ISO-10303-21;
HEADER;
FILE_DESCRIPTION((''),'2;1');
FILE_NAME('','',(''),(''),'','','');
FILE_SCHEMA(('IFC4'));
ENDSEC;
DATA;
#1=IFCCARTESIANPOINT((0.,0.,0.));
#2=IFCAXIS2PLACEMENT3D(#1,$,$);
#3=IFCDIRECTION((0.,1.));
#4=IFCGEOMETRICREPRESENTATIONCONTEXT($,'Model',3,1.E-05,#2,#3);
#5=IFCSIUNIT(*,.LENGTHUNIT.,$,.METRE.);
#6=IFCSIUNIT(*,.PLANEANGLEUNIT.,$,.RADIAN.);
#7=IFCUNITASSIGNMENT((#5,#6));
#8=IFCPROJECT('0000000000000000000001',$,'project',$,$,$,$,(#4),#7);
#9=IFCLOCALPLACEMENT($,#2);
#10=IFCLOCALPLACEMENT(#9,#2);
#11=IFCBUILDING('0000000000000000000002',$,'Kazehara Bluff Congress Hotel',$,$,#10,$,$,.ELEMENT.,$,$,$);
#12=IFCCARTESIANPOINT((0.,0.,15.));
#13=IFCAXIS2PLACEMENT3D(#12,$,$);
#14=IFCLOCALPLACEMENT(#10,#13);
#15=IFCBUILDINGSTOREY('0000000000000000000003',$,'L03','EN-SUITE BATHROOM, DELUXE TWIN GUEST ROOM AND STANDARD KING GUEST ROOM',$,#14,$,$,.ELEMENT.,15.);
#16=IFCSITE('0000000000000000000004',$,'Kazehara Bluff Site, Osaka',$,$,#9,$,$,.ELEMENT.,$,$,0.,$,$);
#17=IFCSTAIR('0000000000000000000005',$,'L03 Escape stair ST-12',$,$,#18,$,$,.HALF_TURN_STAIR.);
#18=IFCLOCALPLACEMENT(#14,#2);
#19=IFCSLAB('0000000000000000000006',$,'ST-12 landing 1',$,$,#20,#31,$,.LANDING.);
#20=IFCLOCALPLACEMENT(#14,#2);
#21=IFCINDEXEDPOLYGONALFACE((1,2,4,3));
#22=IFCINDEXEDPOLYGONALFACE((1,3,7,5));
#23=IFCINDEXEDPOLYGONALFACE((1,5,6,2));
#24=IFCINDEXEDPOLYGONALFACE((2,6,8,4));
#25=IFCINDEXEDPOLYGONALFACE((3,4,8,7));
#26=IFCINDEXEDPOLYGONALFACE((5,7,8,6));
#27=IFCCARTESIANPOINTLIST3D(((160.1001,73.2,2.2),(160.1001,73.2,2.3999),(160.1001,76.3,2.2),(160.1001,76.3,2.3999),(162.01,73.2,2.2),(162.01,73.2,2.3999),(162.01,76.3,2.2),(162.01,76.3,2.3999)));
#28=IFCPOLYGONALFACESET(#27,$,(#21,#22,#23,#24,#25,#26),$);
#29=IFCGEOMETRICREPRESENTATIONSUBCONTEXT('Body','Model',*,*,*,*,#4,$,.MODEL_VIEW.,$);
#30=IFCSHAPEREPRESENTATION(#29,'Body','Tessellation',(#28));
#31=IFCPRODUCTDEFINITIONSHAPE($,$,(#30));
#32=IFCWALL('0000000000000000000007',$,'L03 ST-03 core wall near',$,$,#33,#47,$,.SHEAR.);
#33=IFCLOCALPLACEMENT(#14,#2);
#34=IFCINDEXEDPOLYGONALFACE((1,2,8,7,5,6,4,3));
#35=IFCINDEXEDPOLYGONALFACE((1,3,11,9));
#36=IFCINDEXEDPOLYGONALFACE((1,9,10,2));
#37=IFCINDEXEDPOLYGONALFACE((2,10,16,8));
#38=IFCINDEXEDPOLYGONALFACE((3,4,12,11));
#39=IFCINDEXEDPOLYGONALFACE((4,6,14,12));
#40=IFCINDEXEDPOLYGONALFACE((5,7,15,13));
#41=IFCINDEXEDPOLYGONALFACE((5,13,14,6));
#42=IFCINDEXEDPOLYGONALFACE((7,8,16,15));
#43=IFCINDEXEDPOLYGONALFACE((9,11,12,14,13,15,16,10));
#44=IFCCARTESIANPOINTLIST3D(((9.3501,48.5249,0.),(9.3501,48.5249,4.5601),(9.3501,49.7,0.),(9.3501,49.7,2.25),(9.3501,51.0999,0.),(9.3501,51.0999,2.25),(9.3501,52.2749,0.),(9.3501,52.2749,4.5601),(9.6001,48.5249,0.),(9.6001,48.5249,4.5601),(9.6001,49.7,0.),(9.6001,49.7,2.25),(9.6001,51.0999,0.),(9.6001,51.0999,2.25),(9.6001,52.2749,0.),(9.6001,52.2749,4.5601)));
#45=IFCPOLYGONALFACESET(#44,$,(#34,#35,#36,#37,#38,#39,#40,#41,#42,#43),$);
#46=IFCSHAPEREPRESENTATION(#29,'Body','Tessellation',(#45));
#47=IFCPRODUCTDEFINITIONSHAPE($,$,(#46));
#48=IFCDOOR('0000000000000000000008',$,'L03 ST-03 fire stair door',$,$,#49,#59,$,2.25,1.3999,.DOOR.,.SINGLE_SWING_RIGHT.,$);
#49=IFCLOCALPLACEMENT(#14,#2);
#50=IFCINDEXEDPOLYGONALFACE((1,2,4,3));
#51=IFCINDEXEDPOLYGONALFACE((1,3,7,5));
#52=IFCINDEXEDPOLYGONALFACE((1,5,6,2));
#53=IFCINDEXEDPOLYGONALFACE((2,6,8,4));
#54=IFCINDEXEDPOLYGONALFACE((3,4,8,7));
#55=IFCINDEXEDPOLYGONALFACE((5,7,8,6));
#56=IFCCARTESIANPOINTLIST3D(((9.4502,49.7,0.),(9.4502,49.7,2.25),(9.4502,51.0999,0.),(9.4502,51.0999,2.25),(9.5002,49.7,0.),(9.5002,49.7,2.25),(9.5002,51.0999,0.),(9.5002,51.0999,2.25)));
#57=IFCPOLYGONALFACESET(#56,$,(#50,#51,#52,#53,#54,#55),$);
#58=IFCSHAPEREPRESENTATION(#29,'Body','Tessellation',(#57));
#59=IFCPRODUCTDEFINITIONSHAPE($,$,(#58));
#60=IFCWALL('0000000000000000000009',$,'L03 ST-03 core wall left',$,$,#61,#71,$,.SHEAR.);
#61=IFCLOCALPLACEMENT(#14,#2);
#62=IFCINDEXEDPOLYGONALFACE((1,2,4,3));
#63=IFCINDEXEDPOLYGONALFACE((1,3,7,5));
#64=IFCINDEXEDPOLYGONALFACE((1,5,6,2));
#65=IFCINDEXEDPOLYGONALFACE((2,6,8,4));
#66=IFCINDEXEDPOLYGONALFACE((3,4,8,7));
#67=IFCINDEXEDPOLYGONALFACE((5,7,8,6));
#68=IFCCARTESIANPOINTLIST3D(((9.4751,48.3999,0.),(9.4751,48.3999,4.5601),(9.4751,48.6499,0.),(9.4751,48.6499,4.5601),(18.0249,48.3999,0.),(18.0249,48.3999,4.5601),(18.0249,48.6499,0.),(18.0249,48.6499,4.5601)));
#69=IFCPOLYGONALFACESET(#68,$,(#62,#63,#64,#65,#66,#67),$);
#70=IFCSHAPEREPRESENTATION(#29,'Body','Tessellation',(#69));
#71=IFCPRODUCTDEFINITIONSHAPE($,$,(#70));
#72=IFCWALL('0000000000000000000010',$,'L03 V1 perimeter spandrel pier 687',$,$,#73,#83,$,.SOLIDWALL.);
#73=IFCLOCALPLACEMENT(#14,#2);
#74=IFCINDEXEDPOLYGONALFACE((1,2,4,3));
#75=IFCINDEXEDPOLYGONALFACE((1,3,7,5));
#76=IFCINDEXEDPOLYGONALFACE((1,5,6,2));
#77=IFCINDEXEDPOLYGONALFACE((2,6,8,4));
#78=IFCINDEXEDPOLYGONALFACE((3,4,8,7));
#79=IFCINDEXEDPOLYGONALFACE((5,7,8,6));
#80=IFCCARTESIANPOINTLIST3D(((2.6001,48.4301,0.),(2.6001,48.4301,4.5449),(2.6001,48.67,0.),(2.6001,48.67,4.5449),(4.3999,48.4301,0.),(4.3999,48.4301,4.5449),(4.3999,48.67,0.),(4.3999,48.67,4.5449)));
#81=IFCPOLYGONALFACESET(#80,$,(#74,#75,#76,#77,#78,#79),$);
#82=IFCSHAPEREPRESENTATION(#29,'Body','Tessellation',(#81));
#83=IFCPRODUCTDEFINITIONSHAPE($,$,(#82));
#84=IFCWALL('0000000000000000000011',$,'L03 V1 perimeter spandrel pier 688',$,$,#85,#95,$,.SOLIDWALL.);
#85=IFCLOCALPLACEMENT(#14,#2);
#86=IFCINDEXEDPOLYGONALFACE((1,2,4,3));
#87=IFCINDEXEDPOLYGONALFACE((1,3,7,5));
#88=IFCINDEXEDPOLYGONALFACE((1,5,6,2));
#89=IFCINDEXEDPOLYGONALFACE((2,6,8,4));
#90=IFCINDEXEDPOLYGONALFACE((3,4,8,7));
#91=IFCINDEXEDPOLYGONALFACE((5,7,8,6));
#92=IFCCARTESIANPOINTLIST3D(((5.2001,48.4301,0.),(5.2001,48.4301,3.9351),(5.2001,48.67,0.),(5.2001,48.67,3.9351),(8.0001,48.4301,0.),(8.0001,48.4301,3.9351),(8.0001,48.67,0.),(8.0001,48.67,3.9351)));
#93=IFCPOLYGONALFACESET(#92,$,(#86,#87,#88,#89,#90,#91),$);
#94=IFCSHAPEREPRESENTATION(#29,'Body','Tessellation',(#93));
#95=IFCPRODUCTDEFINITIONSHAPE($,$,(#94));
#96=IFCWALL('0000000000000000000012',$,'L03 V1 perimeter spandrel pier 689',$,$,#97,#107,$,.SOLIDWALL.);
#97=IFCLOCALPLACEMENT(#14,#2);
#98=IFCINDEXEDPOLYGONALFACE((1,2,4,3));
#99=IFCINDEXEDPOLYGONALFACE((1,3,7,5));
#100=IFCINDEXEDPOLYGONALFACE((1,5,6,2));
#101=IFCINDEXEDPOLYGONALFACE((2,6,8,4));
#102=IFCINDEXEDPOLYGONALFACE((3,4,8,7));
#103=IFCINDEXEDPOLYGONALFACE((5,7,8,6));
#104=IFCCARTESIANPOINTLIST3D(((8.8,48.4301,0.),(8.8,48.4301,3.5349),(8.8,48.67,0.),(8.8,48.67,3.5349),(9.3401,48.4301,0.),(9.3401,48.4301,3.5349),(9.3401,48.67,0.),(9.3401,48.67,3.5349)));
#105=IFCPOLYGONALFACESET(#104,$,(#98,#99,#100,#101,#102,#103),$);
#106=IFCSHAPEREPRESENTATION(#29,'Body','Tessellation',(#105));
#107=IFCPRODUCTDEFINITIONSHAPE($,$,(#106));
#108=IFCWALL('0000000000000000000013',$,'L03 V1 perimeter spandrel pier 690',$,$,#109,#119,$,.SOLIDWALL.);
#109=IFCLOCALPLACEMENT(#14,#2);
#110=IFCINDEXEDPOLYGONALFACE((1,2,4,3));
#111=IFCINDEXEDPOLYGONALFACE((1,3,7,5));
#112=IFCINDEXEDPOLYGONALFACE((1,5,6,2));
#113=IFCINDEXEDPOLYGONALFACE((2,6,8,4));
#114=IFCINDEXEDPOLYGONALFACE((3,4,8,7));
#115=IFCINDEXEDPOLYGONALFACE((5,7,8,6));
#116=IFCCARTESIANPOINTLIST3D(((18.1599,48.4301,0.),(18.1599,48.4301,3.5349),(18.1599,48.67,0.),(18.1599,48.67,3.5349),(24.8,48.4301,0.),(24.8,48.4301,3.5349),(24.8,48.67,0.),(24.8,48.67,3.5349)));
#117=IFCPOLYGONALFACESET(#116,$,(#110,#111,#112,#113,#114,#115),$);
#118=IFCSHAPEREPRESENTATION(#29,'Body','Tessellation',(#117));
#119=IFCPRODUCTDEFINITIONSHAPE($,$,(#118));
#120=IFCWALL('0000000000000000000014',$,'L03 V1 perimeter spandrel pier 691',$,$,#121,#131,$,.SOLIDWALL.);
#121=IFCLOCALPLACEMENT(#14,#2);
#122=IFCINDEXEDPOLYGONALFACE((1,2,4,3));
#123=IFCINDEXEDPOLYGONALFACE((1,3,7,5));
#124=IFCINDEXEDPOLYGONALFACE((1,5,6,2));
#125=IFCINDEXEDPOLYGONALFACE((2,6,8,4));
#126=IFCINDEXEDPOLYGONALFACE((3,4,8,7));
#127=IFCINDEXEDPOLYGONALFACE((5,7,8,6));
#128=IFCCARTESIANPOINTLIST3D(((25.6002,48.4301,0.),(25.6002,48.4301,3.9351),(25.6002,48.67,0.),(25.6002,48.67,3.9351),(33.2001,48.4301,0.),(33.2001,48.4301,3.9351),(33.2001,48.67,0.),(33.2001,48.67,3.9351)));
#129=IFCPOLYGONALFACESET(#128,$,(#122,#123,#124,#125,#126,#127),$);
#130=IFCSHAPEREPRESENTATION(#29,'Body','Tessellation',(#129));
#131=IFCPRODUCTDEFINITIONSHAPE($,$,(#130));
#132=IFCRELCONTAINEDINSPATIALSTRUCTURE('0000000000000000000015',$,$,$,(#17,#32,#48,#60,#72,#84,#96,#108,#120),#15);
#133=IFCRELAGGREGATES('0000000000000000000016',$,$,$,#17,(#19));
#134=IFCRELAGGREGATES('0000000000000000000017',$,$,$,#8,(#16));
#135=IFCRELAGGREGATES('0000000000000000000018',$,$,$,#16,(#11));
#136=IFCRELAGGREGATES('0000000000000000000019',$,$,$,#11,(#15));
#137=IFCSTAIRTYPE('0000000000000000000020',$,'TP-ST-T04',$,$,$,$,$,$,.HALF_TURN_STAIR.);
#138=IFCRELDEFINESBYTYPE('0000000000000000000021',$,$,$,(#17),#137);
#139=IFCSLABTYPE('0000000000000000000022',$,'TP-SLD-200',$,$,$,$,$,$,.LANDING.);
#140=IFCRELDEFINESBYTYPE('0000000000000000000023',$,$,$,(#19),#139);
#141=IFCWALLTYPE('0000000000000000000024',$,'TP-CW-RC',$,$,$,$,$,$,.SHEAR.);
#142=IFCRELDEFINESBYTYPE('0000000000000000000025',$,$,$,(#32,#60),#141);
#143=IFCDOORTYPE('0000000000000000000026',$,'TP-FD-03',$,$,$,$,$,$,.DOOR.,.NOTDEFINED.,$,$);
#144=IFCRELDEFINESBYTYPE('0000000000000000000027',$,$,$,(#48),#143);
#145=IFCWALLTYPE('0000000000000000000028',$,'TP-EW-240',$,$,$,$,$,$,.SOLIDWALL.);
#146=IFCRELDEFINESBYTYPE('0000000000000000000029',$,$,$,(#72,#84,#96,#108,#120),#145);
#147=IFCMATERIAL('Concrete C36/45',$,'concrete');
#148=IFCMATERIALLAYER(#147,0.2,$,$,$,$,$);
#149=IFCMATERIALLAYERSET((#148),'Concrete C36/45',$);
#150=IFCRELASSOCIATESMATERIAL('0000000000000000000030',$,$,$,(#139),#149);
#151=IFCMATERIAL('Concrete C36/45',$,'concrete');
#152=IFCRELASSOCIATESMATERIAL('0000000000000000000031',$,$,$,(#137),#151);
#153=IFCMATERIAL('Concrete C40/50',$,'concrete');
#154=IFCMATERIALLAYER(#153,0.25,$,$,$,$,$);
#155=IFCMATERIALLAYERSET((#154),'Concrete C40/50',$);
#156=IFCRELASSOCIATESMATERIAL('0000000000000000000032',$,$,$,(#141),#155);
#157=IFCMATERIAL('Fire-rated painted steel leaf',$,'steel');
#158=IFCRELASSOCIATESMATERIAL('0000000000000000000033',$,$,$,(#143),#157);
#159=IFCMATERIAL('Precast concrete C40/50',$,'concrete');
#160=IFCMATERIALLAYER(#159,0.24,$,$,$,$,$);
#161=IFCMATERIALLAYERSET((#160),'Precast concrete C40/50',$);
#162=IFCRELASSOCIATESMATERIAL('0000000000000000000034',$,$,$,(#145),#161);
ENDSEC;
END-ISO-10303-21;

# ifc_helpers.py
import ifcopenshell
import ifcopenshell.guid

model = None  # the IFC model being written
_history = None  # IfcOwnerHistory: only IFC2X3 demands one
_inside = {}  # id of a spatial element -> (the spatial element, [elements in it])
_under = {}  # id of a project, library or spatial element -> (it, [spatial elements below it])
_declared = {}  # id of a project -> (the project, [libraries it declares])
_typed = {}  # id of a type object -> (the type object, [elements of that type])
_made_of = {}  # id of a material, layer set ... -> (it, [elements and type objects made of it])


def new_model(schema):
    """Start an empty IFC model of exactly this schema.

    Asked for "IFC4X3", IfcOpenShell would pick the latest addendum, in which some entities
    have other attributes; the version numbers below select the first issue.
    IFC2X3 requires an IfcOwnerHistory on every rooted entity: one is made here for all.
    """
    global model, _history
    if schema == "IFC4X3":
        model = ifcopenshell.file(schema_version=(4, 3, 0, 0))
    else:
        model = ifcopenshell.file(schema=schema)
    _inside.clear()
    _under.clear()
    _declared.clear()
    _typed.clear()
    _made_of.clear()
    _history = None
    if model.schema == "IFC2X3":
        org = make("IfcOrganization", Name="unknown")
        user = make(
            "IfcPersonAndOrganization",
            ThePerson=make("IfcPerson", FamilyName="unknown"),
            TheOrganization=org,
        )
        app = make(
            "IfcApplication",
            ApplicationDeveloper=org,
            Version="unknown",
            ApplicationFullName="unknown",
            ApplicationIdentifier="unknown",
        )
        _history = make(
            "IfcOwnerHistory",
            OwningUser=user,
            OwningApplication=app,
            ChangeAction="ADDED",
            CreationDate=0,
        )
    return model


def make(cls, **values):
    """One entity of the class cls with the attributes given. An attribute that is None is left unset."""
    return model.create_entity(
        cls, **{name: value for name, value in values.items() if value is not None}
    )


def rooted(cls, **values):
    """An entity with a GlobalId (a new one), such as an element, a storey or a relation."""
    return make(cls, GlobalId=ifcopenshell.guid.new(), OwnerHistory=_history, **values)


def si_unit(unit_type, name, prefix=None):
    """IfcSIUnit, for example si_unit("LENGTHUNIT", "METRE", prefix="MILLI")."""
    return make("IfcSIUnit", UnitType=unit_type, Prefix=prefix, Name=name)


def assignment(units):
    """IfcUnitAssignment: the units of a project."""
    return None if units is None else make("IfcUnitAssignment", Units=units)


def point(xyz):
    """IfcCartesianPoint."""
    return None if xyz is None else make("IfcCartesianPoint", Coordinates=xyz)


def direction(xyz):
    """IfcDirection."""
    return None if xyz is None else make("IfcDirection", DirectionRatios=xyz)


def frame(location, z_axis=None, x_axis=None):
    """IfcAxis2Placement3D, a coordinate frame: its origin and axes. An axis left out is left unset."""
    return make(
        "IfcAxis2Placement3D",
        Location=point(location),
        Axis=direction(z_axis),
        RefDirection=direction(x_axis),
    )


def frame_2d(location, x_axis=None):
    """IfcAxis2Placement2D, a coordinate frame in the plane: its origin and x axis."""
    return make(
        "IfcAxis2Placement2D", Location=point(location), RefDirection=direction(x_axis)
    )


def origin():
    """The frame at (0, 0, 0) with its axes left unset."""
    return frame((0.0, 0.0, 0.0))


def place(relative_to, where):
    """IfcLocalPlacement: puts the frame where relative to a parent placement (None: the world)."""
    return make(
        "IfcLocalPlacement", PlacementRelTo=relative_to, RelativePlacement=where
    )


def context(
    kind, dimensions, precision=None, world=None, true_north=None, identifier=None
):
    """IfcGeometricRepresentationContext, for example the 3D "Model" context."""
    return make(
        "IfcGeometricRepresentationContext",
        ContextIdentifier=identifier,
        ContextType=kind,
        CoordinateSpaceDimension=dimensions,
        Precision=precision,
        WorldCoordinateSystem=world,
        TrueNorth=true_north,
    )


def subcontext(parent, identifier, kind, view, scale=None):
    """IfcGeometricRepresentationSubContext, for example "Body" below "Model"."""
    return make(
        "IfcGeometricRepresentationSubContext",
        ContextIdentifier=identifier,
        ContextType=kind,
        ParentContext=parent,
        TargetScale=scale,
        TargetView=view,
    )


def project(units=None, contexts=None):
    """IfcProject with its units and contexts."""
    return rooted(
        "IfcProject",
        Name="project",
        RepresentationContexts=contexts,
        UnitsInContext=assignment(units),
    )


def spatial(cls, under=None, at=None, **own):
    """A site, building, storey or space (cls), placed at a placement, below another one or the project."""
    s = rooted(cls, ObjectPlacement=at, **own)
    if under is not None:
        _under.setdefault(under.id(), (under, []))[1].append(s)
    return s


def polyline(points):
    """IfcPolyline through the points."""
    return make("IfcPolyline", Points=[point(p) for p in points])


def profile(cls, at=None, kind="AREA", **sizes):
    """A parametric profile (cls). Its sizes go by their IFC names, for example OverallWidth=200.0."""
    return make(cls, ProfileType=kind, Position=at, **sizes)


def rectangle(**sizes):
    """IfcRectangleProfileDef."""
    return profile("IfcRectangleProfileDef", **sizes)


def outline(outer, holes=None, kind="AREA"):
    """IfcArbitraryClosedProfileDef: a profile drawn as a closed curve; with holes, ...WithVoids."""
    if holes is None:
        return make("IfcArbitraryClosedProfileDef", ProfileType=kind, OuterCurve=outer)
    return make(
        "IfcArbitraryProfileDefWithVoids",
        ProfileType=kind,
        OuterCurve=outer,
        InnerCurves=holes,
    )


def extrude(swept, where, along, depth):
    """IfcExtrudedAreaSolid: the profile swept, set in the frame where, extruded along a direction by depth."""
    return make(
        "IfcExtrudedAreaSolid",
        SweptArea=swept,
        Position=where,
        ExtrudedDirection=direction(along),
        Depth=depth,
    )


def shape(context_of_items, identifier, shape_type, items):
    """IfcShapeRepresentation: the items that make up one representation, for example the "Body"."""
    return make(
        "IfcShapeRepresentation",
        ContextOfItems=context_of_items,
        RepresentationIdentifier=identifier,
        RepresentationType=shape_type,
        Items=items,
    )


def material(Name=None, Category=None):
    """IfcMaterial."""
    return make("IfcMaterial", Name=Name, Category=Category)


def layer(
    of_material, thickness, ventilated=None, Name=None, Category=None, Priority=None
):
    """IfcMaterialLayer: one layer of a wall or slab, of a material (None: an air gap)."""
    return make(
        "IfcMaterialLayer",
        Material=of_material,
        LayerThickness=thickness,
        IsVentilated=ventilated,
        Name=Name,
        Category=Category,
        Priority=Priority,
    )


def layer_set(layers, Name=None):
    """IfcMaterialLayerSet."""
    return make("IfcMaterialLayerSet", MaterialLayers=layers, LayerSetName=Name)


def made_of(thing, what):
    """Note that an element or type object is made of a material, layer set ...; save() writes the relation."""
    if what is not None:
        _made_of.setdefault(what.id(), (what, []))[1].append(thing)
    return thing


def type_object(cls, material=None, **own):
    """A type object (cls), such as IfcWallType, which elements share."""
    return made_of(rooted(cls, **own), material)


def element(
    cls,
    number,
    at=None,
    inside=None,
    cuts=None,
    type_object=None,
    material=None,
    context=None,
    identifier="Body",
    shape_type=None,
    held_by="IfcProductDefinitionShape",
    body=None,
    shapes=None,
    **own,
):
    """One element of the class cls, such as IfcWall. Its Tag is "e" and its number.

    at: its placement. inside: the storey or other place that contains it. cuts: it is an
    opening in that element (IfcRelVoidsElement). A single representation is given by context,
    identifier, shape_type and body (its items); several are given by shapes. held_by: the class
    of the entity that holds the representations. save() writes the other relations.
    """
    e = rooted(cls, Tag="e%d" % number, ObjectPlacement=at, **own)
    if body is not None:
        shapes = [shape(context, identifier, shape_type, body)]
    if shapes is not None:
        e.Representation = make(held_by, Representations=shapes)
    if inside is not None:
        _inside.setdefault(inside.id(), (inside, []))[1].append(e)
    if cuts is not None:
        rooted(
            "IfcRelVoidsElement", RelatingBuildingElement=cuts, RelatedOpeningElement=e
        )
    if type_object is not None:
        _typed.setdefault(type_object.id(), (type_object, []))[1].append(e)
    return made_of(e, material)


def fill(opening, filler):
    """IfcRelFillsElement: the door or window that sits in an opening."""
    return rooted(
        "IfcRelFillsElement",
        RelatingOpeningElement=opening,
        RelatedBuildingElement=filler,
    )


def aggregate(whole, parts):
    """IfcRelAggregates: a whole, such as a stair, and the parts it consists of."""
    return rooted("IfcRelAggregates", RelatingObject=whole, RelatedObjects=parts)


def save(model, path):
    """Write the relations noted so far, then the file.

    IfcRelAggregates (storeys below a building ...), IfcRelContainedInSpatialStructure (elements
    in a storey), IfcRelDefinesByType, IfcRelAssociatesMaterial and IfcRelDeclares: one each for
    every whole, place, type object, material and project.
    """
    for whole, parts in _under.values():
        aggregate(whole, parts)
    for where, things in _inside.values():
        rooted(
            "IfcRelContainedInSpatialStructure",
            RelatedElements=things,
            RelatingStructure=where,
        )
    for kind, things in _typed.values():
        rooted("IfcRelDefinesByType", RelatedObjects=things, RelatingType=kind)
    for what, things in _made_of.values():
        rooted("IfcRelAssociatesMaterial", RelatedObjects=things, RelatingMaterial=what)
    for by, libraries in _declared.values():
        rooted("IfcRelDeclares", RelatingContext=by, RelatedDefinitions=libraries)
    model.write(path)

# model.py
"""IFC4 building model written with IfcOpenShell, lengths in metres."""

from ifc_helpers import new_model, si_unit, direction, frame, frame_2d, origin, place, context, subcontext, project, spatial, polyline, rectangle, outline, extrude, material, layer, layer_set, type_object, element, fill, aggregate, save


model = new_model("IFC4")

# Units and contexts
model_context = context("Model", 3, precision=1e-05, world=origin(), true_north=direction((0.0, 1.0)))
body_context = subcontext(model_context, "Body", "Model", "MODEL_VIEW")
ifc_project = project(units=[si_unit("LENGTHUNIT", "METRE"), si_unit("PLANEANGLEUNIT", "RADIAN")], contexts=[model_context])

# Site, building, storey
site_placement = place(None, origin())
site = spatial("IfcSite", under=ifc_project, at=site_placement, Name="Kazehara Bluff Site, Osaka", CompositionType="ELEMENT", RefElevation=0.0)
building_placement = place(site_placement, origin())
building = spatial("IfcBuilding", under=site, at=building_placement, Name="Kazehara Bluff Congress Hotel", CompositionType="ELEMENT")
storey_placement = place(building_placement, frame((0.0, 0.0, 15.0)))
storey = spatial("IfcBuildingStorey", under=building, at=storey_placement, Name="L03", Description="EN-SUITE BATHROOM, DELUXE TWIN GUEST ROOM AND STANDARD KING GUEST ROOM", CompositionType="ELEMENT", Elevation=15.0)

# Stair, slab
ifc_material_1 = material(Name="Concrete C36/45", Category="concrete")
ifc_layer_1 = layer(ifc_material_1, 0.2)
ifc_layer_set_1 = layer_set([ifc_layer_1], Name="Concrete C36/45")
slab_type_1 = type_object("IfcSlabType", Name="TP-SLD-200", PredefinedType="LANDING", material=ifc_layer_set_1)
ifc_material_2 = material(Name="Concrete C36/45", Category="concrete")
stair_type_1 = type_object("IfcStairType", Name="TP-ST-T04", PredefinedType="HALF_TURN_STAIR", material=ifc_material_2)
stair_1_placement = place(storey_placement, origin())
stair_1 = element("IfcStair", 1, at=stair_1_placement, inside=storey, type_object=stair_type_1, Name="L03 Escape stair ST-12", PredefinedType="HALF_TURN_STAIR")
slab_1_placement = place(storey_placement, frame((0.0, 0.0, 2.2)))
slab_1 = element("IfcSlab", 2, at=slab_1_placement, type_object=slab_type_1, Name="ST-12 landing 1", PredefinedType="LANDING", context=body_context, shape_type="SweptSolid", body=[
    extrude(outline(polyline([(162.01, 76.3), (160.1001, 76.3), (160.1001, 73.2), (162.01, 73.2), (162.01, 76.3)])), origin(), (0.0, 0.0, 1.0), 0.2),
])
aggregate(stair_1, [slab_1])

# Wall, opening, door
ifc_material_3 = material(Name="Concrete C40/50", Category="concrete")
ifc_layer_2 = layer(ifc_material_3, 0.25)
ifc_layer_set_2 = layer_set([ifc_layer_2], Name="Concrete C40/50")
wall_type_1 = type_object("IfcWallType", Name="TP-CW-RC", PredefinedType="SHEAR", material=ifc_layer_set_2)
wall_1_placement = place(storey_placement, frame((9.4751, 48.5249, 0.0), z_axis=(0.0, 0.0, 1.0), x_axis=(0.0, 1.0, 0.0)))
wall_1 = element("IfcWall", 3, at=wall_1_placement, inside=storey, type_object=wall_type_1, Name="L03 ST-03 core wall near", PredefinedType="SHEAR", context=body_context, shape_type="SweptSolid", body=[
    extrude(rectangle(XDim=3.75, YDim=0.25, at=frame_2d((1.875, 0.0))), origin(), (0.0, 0.0, 1.0), 4.5601),
])
opening_placement = place(wall_1_placement, frame((1.175, 0.0, 0.0)))
opening = element("IfcOpeningElement", 4, at=opening_placement, cuts=wall_1, PredefinedType="OPENING", context=body_context, shape_type="SweptSolid", body=[
    extrude(rectangle(XDim=1.3999, YDim=2.25, at=frame_2d((0.7, 1.125))), frame((0.0, 0.135, 0.0), z_axis=(0.0, -1.0, 0.0), x_axis=(1.0, 0.0, 0.0)), (0.0, 0.0, 1.0), 0.27),
])
ifc_material_4 = material(Name="Fire-rated painted steel leaf", Category="steel")
door_type = type_object("IfcDoorType", Name="TP-FD-03", OperationType="NOTDEFINED", PredefinedType="DOOR", material=ifc_material_4)
door_placement = place(opening_placement, origin())
door = element("IfcDoor", 5, at=door_placement, inside=storey, type_object=door_type, Name="L03 ST-03 fire stair door", OperationType="SINGLE_SWING_RIGHT", OverallHeight=2.25, OverallWidth=1.3999, PredefinedType="DOOR", context=body_context, shape_type="SweptSolid", body=[
    extrude(rectangle(XDim=1.3999, YDim=2.25, at=frame_2d((0.7, 1.125))), frame((0.0, 0.0249, 0.0), z_axis=(0.0, -1.0, 0.0), x_axis=(1.0, 0.0, 0.0)), (0.0, 0.0, 1.0), 0.05),
])
fill(opening, door)

# Walls
wall_2_placement = place(storey_placement, frame((18.0249, 48.5249, 0.0), z_axis=(0.0, 0.0, 1.0), x_axis=(-1.0, 0.0, 0.0)))
element("IfcWall", 6, at=wall_2_placement, inside=storey, type_object=wall_type_1, Name="L03 ST-03 core wall left", PredefinedType="SHEAR", context=body_context, shape_type="SweptSolid", body=[
    extrude(rectangle(XDim=8.5498, YDim=0.25, at=frame_2d((4.2749, 0.0))), origin(), (0.0, 0.0, 1.0), 4.5601),
])
ifc_material_5 = material(Name="Precast concrete C40/50", Category="concrete")
ifc_layer_3 = layer(ifc_material_5, 0.24)
ifc_layer_set_3 = layer_set([ifc_layer_3], Name="Precast concrete C40/50")
wall_type_2 = type_object("IfcWallType", Name="TP-EW-240", PredefinedType="SOLIDWALL", material=ifc_layer_set_3)
wall_3_placement = place(storey_placement, frame((4.3999, 48.55, 0.0), z_axis=(0.0, 0.0, 1.0), x_axis=(-1.0, 0.0, 0.0)))
element("IfcWall", 7, at=wall_3_placement, inside=storey, type_object=wall_type_2, Name="L03 V1 perimeter spandrel pier 687", PredefinedType="SOLIDWALL", context=body_context, shape_type="SweptSolid", body=[
    extrude(rectangle(XDim=1.7998, YDim=0.24, at=frame_2d((0.8999, 0.0))), origin(), (0.0, 0.0, 1.0), 4.5449),
])
wall_4_placement = place(storey_placement, frame((8.0, 48.55, 0.0), z_axis=(0.0, 0.0, 1.0), x_axis=(-1.0, 0.0, 0.0)))
element("IfcWall", 8, at=wall_4_placement, inside=storey, type_object=wall_type_2, Name="L03 V1 perimeter spandrel pier 688", PredefinedType="SOLIDWALL", context=body_context, shape_type="SweptSolid", body=[
    extrude(rectangle(XDim=2.8, YDim=0.24, at=frame_2d((1.3999, 0.0))), origin(), (0.0, 0.0, 1.0), 3.9351),
])
wall_5_placement = place(storey_placement, frame((9.3401, 48.55, 0.0), z_axis=(0.0, 0.0, 1.0), x_axis=(-1.0, 0.0, 0.0)))
element("IfcWall", 9, at=wall_5_placement, inside=storey, type_object=wall_type_2, Name="L03 V1 perimeter spandrel pier 689", PredefinedType="SOLIDWALL", context=body_context, shape_type="SweptSolid", body=[
    extrude(rectangle(XDim=0.54, YDim=0.24, at=frame_2d((0.27, 0.0))), origin(), (0.0, 0.0, 1.0), 3.5349),
])
wall_6_placement = place(storey_placement, frame((24.8, 48.55, 0.0), z_axis=(0.0, 0.0, 1.0), x_axis=(-1.0, 0.0, 0.0)))
element("IfcWall", 10, at=wall_6_placement, inside=storey, type_object=wall_type_2, Name="L03 V1 perimeter spandrel pier 690", PredefinedType="SOLIDWALL", context=body_context, shape_type="SweptSolid", body=[
    extrude(rectangle(XDim=6.6401, YDim=0.24, at=frame_2d((3.3201, 0.0))), origin(), (0.0, 0.0, 1.0), 3.5349),
])
wall_7_placement = place(storey_placement, frame((33.2, 48.55, 0.0), z_axis=(0.0, 0.0, 1.0), x_axis=(-1.0, 0.0, 0.0)))
element("IfcWall", 11, at=wall_7_placement, inside=storey, type_object=wall_type_2, Name="L03 V1 perimeter spandrel pier 691", PredefinedType="SOLIDWALL", context=body_context, shape_type="SweptSolid", body=[
    extrude(rectangle(XDim=7.5999, YDim=0.24, at=frame_2d((3.7998, 0.0))), origin(), (0.0, 0.0, 1.0), 3.9351),
])

save(model, "model.ifc")
